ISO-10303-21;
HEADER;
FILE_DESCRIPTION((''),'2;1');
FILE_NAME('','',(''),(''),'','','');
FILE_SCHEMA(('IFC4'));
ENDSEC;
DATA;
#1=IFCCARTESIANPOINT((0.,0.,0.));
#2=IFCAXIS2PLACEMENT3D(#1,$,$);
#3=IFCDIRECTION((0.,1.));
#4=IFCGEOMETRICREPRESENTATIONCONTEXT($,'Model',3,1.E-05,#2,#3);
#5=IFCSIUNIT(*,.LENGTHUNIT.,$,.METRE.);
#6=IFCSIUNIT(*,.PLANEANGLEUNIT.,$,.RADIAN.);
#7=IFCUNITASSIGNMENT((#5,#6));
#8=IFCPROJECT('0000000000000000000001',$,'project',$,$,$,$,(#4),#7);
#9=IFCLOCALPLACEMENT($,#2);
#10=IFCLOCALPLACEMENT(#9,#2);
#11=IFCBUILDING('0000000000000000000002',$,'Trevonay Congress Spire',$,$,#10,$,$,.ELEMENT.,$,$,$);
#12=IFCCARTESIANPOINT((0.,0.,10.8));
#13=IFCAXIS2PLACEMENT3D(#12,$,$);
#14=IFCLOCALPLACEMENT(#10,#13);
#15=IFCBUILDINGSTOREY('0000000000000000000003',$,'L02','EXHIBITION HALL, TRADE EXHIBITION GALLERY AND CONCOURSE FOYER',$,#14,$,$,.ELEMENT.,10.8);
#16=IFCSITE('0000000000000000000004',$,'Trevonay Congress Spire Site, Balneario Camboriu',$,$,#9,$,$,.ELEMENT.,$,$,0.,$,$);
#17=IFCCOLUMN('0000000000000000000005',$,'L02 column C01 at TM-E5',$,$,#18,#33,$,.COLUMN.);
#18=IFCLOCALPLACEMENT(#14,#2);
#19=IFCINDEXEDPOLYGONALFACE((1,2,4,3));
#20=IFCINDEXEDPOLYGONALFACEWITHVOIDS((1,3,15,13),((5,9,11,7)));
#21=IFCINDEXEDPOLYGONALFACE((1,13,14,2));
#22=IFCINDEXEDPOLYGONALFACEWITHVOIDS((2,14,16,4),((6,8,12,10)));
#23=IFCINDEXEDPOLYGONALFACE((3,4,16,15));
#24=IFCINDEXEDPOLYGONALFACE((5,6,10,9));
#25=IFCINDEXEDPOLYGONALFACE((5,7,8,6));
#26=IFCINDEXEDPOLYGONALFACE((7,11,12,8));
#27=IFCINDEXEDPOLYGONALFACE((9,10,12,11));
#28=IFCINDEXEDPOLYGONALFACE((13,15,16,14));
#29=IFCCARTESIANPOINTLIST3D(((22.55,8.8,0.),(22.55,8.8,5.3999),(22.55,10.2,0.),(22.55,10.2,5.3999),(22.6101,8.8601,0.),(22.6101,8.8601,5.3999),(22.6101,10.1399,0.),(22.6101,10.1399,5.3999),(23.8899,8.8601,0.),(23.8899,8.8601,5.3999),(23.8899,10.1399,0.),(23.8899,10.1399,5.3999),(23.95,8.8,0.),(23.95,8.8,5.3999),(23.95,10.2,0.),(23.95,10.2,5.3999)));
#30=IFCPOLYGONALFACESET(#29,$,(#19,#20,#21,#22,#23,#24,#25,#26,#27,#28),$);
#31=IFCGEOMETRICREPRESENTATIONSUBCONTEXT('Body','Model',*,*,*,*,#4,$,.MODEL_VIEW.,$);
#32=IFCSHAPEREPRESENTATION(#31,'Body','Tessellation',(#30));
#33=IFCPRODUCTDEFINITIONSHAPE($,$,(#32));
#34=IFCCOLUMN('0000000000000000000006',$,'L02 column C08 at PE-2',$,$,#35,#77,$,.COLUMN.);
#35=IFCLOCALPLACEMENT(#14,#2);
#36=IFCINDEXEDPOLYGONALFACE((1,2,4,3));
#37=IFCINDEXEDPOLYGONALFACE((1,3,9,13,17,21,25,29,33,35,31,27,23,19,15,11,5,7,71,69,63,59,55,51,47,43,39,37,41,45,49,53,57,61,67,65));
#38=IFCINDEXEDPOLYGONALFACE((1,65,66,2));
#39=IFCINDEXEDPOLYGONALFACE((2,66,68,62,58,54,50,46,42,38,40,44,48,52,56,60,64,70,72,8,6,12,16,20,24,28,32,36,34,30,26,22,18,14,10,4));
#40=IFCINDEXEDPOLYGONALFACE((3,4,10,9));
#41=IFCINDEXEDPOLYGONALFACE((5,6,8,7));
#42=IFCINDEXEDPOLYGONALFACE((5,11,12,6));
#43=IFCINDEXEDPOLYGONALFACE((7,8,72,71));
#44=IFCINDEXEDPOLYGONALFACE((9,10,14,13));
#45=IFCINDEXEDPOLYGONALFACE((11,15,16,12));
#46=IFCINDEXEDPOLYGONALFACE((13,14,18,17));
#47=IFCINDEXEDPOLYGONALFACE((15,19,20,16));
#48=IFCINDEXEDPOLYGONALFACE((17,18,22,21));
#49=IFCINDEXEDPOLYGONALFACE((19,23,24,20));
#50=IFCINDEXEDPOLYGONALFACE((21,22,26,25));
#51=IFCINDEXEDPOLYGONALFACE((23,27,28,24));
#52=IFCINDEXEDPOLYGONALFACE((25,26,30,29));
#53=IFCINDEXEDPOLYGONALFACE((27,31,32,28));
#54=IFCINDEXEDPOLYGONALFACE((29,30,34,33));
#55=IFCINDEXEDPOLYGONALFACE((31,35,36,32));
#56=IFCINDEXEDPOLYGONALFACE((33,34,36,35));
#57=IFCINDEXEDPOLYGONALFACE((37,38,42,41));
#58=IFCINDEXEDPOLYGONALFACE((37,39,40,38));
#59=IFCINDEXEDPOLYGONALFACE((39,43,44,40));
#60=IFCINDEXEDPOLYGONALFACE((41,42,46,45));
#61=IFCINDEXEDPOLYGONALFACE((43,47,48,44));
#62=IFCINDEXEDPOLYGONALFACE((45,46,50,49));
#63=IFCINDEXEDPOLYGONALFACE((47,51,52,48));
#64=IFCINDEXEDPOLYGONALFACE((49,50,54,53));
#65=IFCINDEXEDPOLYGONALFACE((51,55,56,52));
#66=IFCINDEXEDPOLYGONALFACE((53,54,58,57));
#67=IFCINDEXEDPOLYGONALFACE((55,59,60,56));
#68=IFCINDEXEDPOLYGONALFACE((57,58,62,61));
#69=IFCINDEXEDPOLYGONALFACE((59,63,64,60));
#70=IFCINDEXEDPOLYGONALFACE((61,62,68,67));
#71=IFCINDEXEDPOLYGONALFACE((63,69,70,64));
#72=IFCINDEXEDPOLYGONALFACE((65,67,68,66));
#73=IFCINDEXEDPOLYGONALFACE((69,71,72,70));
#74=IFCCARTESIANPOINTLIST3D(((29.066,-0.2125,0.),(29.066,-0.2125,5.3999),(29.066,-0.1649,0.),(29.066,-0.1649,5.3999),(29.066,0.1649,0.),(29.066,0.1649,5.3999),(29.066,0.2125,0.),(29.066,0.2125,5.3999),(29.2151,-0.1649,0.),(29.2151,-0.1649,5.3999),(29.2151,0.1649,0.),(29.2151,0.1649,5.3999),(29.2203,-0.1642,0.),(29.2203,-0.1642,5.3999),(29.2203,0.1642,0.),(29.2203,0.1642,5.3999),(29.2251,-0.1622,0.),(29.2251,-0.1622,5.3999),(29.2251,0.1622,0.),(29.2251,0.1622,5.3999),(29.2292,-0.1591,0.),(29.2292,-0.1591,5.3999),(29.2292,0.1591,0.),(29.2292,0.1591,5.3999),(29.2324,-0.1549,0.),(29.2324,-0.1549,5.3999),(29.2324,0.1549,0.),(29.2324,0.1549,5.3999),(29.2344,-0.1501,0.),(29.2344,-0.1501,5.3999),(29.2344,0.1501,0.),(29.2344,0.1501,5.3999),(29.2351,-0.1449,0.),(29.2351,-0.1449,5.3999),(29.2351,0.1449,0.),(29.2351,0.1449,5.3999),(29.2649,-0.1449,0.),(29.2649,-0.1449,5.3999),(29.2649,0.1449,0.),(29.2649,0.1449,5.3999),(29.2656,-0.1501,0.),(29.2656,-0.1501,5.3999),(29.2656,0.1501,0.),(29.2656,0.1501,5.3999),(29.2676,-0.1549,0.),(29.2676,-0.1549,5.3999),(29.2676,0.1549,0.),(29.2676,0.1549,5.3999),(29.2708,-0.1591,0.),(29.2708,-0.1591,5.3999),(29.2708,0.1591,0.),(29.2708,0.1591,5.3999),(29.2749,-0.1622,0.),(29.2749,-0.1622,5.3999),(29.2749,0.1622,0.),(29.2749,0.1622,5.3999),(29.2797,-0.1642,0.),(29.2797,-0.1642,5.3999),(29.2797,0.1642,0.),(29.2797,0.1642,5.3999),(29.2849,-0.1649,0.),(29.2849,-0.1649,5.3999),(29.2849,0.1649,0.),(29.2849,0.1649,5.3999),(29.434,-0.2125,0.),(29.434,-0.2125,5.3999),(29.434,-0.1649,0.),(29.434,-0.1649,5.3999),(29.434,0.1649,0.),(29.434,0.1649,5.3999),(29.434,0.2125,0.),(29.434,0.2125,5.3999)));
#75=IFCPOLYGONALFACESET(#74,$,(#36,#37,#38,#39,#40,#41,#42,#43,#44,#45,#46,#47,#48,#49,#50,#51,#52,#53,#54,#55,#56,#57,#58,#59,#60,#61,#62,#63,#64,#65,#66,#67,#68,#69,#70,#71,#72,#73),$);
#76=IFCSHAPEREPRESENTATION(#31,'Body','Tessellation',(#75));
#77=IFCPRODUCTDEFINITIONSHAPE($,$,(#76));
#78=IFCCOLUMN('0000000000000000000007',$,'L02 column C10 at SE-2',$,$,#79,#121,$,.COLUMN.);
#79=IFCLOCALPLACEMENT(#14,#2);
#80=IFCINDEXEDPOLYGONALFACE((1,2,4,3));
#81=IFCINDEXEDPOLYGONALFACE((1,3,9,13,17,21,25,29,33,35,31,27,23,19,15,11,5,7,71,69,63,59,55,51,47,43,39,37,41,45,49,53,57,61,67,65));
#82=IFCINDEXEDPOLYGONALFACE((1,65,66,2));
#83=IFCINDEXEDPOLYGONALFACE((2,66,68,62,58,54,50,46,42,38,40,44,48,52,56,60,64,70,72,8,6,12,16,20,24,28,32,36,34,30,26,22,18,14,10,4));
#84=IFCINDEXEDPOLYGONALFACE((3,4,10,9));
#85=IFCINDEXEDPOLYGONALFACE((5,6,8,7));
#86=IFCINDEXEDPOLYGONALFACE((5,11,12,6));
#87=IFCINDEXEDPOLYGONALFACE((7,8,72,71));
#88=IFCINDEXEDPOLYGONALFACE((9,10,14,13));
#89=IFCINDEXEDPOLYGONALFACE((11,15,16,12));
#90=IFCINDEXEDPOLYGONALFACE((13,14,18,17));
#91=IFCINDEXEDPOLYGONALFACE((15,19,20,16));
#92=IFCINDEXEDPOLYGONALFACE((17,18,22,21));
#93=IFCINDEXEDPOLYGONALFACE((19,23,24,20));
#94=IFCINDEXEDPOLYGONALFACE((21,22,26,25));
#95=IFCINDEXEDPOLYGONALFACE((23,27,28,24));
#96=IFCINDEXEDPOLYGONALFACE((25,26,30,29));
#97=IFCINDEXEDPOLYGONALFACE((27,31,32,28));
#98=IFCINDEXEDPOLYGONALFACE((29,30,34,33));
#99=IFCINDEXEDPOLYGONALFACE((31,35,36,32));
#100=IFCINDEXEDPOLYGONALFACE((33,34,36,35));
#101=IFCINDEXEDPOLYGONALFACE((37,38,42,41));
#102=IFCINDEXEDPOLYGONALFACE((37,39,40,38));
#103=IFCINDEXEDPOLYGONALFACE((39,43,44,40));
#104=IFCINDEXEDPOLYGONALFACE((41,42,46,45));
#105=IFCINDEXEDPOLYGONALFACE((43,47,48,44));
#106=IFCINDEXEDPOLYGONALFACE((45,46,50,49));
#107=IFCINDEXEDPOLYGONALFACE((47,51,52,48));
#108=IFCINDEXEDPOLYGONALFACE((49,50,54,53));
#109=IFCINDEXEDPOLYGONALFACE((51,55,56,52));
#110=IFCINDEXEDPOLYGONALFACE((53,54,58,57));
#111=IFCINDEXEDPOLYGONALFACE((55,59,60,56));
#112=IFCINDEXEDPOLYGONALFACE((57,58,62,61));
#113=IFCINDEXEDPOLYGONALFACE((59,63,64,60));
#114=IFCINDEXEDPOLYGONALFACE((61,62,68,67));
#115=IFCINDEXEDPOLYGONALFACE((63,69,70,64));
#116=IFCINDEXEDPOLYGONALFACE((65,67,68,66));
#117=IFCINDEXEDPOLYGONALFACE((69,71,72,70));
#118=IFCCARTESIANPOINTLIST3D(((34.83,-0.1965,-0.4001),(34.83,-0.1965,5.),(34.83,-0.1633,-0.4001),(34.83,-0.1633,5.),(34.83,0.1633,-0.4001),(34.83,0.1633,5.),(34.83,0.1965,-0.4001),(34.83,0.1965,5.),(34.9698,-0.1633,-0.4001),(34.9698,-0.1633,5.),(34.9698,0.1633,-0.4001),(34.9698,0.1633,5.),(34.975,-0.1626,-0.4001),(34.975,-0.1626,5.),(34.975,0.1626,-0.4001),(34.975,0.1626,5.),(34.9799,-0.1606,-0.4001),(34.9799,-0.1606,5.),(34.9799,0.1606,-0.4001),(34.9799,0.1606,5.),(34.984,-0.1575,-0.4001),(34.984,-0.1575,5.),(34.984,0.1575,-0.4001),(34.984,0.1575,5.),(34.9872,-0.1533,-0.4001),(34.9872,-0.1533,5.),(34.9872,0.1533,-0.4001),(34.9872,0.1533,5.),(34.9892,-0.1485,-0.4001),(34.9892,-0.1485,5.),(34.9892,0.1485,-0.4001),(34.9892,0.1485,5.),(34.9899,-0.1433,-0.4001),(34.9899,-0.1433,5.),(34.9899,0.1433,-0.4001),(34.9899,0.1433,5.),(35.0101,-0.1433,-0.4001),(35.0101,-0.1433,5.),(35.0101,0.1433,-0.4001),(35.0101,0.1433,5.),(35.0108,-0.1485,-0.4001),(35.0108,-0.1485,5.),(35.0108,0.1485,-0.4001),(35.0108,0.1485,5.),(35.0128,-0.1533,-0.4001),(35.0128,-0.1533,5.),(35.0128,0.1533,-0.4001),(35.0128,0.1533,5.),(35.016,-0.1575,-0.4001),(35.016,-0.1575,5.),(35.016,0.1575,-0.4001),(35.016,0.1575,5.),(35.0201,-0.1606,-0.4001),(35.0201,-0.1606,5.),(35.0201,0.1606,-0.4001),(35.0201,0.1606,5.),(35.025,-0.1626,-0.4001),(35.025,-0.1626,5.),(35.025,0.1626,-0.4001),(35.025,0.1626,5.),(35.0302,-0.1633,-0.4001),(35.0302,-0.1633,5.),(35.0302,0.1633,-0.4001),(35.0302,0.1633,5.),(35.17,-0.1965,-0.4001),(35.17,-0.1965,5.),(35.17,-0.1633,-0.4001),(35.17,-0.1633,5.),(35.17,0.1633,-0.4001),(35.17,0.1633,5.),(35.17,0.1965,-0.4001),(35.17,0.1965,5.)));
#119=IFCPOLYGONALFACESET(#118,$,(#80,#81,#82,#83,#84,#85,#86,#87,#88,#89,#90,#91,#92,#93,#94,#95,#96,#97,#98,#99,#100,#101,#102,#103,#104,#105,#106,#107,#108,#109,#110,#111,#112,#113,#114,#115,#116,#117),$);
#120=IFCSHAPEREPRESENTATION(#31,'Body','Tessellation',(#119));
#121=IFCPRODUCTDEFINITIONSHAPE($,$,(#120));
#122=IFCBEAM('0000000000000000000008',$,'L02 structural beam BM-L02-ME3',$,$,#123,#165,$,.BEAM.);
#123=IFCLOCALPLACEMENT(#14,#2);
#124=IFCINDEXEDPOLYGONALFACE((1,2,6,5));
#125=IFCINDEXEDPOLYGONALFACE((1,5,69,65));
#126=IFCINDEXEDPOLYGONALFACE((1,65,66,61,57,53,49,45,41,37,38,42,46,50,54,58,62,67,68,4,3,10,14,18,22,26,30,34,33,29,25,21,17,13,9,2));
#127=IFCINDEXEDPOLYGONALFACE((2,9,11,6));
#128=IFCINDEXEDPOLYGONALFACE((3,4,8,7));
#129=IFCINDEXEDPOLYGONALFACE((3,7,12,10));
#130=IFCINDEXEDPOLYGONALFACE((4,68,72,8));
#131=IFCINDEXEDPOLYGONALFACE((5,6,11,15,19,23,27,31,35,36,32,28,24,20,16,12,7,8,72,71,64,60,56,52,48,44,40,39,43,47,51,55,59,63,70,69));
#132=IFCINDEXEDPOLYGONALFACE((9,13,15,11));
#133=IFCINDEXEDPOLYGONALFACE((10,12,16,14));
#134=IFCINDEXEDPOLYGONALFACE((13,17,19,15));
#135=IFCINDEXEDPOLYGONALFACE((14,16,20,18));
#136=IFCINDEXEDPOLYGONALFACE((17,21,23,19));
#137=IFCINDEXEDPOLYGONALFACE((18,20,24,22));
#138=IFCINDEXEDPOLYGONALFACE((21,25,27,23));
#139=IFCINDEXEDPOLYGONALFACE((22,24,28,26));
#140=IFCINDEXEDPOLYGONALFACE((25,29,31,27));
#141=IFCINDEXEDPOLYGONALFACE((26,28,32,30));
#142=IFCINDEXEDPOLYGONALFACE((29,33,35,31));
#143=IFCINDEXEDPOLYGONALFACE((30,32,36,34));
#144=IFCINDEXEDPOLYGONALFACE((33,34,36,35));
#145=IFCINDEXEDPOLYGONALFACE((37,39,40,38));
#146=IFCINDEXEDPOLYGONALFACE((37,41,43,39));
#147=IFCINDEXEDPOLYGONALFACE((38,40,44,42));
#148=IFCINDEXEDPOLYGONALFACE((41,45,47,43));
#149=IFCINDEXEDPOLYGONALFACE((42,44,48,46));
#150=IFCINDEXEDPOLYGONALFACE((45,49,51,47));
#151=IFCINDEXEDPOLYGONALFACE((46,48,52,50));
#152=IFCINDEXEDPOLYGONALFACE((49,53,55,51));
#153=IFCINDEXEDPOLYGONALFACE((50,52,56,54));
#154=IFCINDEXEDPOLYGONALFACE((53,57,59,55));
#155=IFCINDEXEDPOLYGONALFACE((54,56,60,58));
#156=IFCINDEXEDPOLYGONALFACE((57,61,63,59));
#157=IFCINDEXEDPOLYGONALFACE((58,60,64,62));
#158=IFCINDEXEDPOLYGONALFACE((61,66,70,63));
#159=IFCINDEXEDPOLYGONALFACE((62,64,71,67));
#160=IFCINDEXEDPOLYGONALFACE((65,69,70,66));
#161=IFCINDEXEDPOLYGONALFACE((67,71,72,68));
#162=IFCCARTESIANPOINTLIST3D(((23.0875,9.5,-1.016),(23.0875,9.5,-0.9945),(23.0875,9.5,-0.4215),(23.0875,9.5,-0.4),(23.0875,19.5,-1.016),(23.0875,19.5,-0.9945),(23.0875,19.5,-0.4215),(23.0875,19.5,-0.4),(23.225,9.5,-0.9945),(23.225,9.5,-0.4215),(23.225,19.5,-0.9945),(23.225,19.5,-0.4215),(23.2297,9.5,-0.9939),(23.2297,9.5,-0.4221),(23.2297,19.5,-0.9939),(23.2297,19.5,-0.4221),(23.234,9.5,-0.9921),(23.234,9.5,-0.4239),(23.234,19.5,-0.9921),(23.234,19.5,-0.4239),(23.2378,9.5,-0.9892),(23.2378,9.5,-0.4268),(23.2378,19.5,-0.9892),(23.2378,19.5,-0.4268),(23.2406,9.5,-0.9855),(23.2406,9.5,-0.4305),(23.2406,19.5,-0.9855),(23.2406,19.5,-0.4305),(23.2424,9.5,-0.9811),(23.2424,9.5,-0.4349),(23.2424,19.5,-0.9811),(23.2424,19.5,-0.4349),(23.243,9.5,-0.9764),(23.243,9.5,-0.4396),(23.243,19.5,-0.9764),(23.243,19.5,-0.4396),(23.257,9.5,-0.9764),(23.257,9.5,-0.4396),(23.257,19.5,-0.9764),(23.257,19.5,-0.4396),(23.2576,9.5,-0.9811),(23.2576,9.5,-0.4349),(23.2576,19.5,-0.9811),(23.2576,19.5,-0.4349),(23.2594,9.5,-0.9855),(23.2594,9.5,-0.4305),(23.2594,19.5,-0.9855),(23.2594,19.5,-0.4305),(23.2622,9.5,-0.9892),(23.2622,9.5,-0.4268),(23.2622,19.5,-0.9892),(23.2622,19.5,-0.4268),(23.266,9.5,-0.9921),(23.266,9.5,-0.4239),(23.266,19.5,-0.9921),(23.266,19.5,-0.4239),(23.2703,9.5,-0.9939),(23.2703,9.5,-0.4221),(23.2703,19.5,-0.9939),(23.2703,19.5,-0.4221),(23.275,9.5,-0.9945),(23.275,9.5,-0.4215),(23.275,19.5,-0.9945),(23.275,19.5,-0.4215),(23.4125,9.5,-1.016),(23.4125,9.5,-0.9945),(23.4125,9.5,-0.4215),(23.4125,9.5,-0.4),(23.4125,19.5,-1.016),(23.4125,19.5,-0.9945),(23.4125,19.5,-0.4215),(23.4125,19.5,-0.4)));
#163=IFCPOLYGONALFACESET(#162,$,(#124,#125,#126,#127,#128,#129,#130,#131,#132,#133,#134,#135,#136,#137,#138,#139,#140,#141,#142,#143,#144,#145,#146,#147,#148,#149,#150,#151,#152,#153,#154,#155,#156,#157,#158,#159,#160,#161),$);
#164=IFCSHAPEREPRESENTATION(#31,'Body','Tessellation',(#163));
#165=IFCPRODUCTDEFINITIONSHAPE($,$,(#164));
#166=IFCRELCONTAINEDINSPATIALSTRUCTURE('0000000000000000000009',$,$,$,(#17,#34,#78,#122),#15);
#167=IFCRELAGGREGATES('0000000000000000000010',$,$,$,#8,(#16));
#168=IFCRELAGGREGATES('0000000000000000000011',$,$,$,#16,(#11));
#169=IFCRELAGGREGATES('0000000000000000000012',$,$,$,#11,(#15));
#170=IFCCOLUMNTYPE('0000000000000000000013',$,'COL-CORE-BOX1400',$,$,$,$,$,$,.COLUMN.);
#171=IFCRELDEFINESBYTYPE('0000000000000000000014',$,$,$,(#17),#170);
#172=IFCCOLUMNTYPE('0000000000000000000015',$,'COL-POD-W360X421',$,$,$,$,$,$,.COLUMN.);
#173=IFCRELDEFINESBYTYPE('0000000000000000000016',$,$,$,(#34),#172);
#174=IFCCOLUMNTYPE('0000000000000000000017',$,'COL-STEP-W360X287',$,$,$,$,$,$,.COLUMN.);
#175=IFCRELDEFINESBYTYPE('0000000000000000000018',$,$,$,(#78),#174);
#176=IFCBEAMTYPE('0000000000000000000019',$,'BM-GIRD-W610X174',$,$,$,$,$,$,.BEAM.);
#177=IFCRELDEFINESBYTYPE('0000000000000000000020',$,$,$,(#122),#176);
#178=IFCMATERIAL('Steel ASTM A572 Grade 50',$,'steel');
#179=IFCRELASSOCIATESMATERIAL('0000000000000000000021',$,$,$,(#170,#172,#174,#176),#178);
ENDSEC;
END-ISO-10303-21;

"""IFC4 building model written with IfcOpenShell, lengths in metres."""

from ifc_helpers import new_model, si_unit, direction, frame, origin, origin_2d, place, context, subcontext, project, spatial, hollow_rectangle, i_section, extrude, material, material_profile, profile_set, type_object, element, save


model = new_model("IFC4")

# Units and contexts
model_context = context("Model", 3, precision=1e-05, world=origin(), true_north=direction((0.0, 1.0)))
body_context = subcontext(model_context, "Body", "Model", "MODEL_VIEW")
ifc_project = project(units=[si_unit("LENGTHUNIT", "METRE"), si_unit("PLANEANGLEUNIT", "RADIAN")], contexts=[model_context])

# Site, building, storey
site_placement = place(None, origin())
site = spatial("IfcSite", under=ifc_project, at=site_placement, Name="Trevonay Congress Spire Site, Balneario Camboriu", CompositionType="ELEMENT", RefElevation=0.0)
building_placement = place(site_placement, origin())
building = spatial("IfcBuilding", under=site, at=building_placement, Name="Trevonay Congress Spire", CompositionType="ELEMENT")
storey_placement = place(building_placement, frame((0.0, 0.0, 10.8)))
storey = spatial("IfcBuildingStorey", under=building, at=storey_placement, Name="L02", Description="EXHIBITION HALL, TRADE EXHIBITION GALLERY AND CONCOURSE FOYER", CompositionType="ELEMENT", Elevation=10.8)

# Columns
ifc_material_1 = material(Name="Steel ASTM A572 Grade 50", Category="steel")
ifc_material_profile_1 = material_profile(ifc_material_1, hollow_rectangle(XDim=1.3999, YDim=1.3999, WallThickness=0.0601, at=origin_2d()), Name="BOX 1400x1400x60")
ifc_profile_set_1 = profile_set([ifc_material_profile_1], Name="Steel ASTM A572 Grade 50")
column_type_1 = type_object("IfcColumnType", Name="COL-CORE-BOX1400", PredefinedType="COLUMN", material=ifc_profile_set_1)
column_1_placement = place(storey_placement, frame((23.25, 9.5, 0.0), z_axis=(0.0, 0.0, 1.0), x_axis=(1.0, 0.0, 0.0)))
element("IfcColumn", 1, at=column_1_placement, inside=storey, type_object=column_type_1, Name="L02 column C01 at TM-E5", PredefinedType="COLUMN", context=body_context, shape_type="SweptSolid", body=[
    extrude(hollow_rectangle(XDim=1.3999, YDim=1.3999, WallThickness=0.0601, at=origin_2d()), origin(), (0.0, 0.0, 1.0), 5.3999),
])
ifc_material_profile_2 = material_profile(ifc_material_1, i_section(OverallWidth=0.3679, OverallDepth=0.425, WebThickness=0.0298, FlangeThickness=0.0476, FilletRadius=0.02, at=origin_2d()), Name="W360x421")
ifc_profile_set_2 = profile_set([ifc_material_profile_2], Name="Steel ASTM A572 Grade 50")
column_type_2 = type_object("IfcColumnType", Name="COL-POD-W360X421", PredefinedType="COLUMN", material=ifc_profile_set_2)
column_2_placement = place(storey_placement, frame((29.25, 0.0, 0.0), z_axis=(0.0, 0.0, 1.0), x_axis=(1.0, 0.0, 0.0)))
element("IfcColumn", 2, at=column_2_placement, inside=storey, type_object=column_type_2, Name="L02 column C08 at PE-2", PredefinedType="COLUMN", context=body_context, shape_type="SweptSolid", body=[
    extrude(i_section(OverallWidth=0.3679, OverallDepth=0.425, WebThickness=0.0298, FlangeThickness=0.0476, FilletRadius=0.02, at=origin_2d()), origin(), (0.0, 0.0, 1.0), 5.3999),
])
ifc_material_profile_3 = material_profile(ifc_material_1, i_section(OverallWidth=0.3401, OverallDepth=0.3931, WebThickness=0.0203, FlangeThickness=0.0332, FilletRadius=0.02, at=origin_2d()), Name="W360x287")
ifc_profile_set_3 = profile_set([ifc_material_profile_3], Name="Steel ASTM A572 Grade 50")
column_type_3 = type_object("IfcColumnType", Name="COL-STEP-W360X287", PredefinedType="COLUMN", material=ifc_profile_set_3)
column_3_placement = place(storey_placement, frame((35.0, 0.0, -0.4001), z_axis=(0.0, 0.0, 1.0), x_axis=(1.0, 0.0, 0.0)))
element("IfcColumn", 3, at=column_3_placement, inside=storey, type_object=column_type_3, Name="L02 column C10 at SE-2", PredefinedType="COLUMN", context=body_context, shape_type="SweptSolid", body=[
    extrude(i_section(OverallWidth=0.3401, OverallDepth=0.3931, WebThickness=0.0203, FlangeThickness=0.0332, FilletRadius=0.02, at=origin_2d()), origin(), (0.0, 0.0, 1.0), 5.4001),
])

# Beam
ifc_material_profile_4 = material_profile(ifc_material_1, i_section(OverallWidth=0.325, OverallDepth=0.616, WebThickness=0.0139, FlangeThickness=0.0215, FilletRadius=0.0181, at=origin_2d()), Name="W610x174")
ifc_profile_set_4 = profile_set([ifc_material_profile_4], Name="Steel ASTM A572 Grade 50")
beam_type_1 = type_object("IfcBeamType", Name="BM-GIRD-W610X174", PredefinedType="BEAM", material=ifc_profile_set_4)
beam_1_placement = place(storey_placement, frame((23.25, 9.5, -0.708), z_axis=(0.0, 1.0, 0.0), x_axis=(-1.0, 0.0, 0.0)))
element("IfcBeam", 4, at=beam_1_placement, inside=storey, type_object=beam_type_1, Name="L02 structural beam BM-L02-ME3", PredefinedType="BEAM", context=body_context, shape_type="SweptSolid", body=[
    extrude(i_section(OverallWidth=0.325, OverallDepth=0.616, WebThickness=0.0139, FlangeThickness=0.0215, FilletRadius=0.0181, at=origin_2d()), origin(), (0.0, 0.0, 1.0), 10.0),
])

save(model, "model.ifc")
